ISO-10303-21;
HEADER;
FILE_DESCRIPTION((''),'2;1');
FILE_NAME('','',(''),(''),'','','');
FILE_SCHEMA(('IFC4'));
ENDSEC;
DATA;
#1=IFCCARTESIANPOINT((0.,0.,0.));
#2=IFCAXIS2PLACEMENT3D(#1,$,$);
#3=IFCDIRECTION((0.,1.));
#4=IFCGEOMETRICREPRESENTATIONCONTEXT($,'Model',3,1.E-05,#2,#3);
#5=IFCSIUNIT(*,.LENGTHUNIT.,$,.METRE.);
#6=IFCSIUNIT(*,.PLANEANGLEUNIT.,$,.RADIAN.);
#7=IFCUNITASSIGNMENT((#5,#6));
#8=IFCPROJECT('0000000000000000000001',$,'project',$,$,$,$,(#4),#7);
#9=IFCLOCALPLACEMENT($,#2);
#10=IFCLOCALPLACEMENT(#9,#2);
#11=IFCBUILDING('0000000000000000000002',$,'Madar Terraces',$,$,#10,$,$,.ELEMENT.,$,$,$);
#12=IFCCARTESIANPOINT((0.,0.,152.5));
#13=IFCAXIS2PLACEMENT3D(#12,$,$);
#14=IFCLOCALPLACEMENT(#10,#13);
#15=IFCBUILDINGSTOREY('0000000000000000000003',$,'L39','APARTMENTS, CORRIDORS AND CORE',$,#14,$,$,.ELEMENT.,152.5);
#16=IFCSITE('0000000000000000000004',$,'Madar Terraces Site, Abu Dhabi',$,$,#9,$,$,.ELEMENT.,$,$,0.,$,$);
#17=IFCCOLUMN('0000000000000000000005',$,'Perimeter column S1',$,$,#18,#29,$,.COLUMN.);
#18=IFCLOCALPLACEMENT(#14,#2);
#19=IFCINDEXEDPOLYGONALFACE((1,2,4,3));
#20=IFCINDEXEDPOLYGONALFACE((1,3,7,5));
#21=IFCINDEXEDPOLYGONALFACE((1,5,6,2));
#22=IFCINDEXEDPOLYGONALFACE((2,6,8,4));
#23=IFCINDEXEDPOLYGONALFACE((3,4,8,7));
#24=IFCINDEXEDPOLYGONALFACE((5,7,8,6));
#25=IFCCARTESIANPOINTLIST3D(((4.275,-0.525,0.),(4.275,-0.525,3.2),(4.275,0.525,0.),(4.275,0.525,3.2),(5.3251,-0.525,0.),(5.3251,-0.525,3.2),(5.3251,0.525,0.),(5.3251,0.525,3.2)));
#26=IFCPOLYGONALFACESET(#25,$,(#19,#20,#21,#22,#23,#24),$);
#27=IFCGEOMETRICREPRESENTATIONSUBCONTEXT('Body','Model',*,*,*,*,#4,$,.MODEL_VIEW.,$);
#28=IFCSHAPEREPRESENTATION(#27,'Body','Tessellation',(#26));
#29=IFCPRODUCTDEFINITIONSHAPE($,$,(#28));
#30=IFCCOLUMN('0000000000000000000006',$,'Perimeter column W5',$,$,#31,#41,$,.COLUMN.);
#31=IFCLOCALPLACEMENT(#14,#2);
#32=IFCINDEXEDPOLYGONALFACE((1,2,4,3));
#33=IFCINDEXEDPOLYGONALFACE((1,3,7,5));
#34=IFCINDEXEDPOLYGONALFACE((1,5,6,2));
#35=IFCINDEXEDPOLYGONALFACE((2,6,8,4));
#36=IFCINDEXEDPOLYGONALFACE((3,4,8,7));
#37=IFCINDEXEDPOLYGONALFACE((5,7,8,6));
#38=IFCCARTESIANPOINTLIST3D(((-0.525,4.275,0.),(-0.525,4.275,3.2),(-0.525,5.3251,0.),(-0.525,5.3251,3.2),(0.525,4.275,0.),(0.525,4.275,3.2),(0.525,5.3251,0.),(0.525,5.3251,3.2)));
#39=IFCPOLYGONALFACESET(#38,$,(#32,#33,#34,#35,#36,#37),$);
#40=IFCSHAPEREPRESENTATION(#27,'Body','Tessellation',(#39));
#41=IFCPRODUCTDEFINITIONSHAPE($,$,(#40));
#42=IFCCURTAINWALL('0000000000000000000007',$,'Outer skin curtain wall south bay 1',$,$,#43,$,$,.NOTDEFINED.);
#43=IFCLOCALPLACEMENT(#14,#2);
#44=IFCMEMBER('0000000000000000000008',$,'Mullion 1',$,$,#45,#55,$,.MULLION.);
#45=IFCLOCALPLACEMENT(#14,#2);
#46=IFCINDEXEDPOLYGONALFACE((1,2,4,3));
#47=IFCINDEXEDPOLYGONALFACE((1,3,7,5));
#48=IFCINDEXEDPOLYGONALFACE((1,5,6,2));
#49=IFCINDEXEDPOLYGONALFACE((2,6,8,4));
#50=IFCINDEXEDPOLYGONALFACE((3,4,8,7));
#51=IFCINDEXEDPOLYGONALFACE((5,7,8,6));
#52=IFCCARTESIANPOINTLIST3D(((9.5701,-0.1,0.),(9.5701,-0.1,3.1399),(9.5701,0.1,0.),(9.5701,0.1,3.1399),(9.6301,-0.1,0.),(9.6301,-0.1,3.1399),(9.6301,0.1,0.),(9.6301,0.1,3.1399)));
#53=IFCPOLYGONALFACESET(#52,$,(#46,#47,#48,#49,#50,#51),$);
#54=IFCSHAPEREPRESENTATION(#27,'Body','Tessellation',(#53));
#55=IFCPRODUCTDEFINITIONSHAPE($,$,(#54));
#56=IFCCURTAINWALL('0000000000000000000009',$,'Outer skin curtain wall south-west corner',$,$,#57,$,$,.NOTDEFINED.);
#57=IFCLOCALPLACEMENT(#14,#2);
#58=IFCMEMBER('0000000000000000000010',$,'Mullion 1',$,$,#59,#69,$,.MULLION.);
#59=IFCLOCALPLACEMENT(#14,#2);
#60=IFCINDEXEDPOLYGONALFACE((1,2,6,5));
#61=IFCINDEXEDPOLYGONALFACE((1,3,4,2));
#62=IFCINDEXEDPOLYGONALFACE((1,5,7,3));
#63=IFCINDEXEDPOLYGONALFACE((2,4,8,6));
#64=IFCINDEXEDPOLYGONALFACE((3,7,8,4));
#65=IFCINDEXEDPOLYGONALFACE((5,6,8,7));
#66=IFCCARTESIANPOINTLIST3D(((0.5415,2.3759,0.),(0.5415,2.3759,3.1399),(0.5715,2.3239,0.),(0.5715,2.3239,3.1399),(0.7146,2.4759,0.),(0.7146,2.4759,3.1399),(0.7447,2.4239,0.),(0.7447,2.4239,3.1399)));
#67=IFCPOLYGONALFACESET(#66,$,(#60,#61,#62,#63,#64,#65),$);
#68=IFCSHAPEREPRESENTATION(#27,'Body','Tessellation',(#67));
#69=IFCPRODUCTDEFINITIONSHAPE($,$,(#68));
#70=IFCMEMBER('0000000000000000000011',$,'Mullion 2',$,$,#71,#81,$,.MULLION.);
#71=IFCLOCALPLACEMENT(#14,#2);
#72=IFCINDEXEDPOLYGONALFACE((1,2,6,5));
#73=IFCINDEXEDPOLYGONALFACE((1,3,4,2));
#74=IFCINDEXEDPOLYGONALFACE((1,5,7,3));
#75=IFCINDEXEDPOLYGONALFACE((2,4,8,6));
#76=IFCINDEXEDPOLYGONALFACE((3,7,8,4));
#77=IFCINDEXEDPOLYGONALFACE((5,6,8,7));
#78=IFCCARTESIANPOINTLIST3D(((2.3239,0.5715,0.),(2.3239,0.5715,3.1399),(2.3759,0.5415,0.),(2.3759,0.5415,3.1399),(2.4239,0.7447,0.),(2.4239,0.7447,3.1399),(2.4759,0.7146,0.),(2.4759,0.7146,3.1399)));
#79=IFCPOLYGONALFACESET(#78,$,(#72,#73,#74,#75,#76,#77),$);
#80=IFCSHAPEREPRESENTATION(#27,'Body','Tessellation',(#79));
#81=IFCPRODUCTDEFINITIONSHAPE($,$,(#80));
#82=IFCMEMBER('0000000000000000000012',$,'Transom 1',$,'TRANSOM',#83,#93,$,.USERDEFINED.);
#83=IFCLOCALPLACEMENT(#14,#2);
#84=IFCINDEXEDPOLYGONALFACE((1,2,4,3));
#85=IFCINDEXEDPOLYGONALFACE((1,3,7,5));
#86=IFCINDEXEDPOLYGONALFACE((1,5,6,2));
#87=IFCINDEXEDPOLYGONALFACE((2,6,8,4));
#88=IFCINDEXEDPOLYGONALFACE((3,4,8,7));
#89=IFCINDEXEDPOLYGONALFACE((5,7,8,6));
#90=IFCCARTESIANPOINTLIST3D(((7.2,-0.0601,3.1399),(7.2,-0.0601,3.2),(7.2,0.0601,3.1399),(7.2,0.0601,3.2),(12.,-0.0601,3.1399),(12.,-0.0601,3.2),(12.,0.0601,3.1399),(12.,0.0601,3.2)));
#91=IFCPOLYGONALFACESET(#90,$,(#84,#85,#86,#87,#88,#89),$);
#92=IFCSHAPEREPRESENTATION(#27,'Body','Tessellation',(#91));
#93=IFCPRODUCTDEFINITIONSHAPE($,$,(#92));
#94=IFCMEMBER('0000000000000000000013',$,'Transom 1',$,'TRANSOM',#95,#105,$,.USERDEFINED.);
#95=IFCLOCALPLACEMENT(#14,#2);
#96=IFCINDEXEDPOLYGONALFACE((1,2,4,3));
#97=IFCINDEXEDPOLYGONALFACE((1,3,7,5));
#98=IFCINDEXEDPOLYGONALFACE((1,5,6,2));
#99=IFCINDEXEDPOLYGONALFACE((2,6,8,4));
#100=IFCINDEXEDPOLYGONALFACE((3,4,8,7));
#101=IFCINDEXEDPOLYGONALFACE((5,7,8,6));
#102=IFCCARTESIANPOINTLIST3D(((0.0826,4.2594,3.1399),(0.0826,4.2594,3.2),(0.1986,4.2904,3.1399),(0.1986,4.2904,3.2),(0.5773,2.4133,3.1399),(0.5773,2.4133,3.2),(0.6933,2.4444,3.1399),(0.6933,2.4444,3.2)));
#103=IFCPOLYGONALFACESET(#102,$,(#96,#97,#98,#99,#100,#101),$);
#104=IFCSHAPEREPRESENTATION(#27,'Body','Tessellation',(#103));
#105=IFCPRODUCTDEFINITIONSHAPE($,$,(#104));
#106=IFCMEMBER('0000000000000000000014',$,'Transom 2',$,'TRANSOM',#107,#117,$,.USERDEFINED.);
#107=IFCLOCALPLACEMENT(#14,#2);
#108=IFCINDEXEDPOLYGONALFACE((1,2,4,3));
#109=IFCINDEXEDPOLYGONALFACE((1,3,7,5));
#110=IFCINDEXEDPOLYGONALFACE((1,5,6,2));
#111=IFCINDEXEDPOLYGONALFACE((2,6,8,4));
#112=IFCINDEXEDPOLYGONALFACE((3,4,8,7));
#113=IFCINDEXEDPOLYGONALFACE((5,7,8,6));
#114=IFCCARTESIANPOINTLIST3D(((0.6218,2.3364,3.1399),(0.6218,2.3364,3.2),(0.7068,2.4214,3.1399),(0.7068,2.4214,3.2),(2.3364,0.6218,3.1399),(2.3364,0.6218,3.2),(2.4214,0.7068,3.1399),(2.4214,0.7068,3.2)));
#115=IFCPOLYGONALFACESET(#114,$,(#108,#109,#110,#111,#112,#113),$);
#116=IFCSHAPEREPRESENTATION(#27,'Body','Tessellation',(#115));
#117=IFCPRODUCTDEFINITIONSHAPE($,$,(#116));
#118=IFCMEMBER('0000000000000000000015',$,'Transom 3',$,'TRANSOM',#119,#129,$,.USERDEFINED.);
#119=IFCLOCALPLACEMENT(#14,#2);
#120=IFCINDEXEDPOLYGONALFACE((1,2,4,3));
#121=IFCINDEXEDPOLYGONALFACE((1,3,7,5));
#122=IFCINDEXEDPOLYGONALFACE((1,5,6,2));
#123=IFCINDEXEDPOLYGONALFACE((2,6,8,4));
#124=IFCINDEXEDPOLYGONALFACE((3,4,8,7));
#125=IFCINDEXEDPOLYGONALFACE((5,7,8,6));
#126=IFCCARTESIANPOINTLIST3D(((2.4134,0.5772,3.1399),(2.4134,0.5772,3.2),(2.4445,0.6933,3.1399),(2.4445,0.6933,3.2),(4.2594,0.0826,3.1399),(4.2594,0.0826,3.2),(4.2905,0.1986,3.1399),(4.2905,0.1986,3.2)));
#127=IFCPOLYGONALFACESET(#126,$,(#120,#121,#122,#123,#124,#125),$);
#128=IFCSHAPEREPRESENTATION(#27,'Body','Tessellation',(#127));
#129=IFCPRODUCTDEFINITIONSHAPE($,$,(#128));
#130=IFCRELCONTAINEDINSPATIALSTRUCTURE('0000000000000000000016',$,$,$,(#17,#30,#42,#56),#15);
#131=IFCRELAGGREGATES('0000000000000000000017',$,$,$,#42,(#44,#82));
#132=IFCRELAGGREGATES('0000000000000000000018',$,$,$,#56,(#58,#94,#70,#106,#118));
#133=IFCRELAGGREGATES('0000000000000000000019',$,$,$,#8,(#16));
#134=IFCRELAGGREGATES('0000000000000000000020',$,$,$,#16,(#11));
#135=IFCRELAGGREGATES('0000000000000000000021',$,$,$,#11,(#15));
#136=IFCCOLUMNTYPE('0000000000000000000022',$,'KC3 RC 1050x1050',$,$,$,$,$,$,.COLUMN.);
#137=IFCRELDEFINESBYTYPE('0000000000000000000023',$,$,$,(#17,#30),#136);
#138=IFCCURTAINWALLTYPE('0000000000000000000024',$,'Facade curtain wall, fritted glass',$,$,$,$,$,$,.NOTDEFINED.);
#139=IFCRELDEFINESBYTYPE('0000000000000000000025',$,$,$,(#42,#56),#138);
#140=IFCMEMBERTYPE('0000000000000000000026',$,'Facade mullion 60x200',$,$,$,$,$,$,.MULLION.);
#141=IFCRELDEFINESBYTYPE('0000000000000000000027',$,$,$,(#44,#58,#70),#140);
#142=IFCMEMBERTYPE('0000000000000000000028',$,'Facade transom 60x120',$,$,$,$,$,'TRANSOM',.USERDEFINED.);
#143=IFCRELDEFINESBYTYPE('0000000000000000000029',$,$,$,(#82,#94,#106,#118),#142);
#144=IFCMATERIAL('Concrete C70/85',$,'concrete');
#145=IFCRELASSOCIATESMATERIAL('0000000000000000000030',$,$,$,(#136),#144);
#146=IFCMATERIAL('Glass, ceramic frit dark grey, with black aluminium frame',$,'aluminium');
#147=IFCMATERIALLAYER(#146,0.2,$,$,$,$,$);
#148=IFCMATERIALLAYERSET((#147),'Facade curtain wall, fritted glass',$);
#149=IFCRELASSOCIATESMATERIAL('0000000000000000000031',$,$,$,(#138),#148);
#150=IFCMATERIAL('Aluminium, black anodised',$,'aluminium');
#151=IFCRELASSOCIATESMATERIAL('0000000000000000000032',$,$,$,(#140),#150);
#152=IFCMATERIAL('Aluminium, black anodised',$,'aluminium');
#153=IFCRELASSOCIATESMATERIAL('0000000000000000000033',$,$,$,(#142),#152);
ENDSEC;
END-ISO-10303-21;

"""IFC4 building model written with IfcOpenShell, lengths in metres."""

from ifc_helpers import new_model, si_unit, direction, frame, origin, origin_2d, place, context, subcontext, project, spatial, rectangle, extrude, material, layer, layer_set, material_profile, profile_set, type_object, element, aggregate, save


model = new_model("IFC4")

# Units and contexts
model_context = context("Model", 3, precision=1e-05, world=origin(), true_north=direction((0.0, 1.0)))
body_context = subcontext(model_context, "Body", "Model", "MODEL_VIEW")
ifc_project = project(units=[si_unit("LENGTHUNIT", "METRE"), si_unit("PLANEANGLEUNIT", "RADIAN")], contexts=[model_context])

# Site, building, storey
site_placement = place(None, origin())
site = spatial("IfcSite", under=ifc_project, at=site_placement, Name="Madar Terraces Site, Abu Dhabi", CompositionType="ELEMENT", RefElevation=0.0)
building_placement = place(site_placement, origin())
building = spatial("IfcBuilding", under=site, at=building_placement, Name="Madar Terraces", CompositionType="ELEMENT")
storey_placement = place(building_placement, frame((0.0, 0.0, 152.5)))
storey = spatial("IfcBuildingStorey", under=building, at=storey_placement, Name="L39", Description="APARTMENTS, CORRIDORS AND CORE", CompositionType="ELEMENT", Elevation=152.5)

# Columns
ifc_material_1 = material(Name="Concrete C70/85", Category="concrete")
ifc_material_profile_1 = material_profile(ifc_material_1, rectangle(XDim=1.05, YDim=1.05, at=origin_2d()), Name="KC3 RC 1050x1050")
ifc_profile_set_1 = profile_set([ifc_material_profile_1], Name="Concrete C70/85")
column_type = type_object("IfcColumnType", Name="KC3 RC 1050x1050", PredefinedType="COLUMN", material=ifc_profile_set_1)
for number, where, z_axis, x_axis, name in (
    (1, (4.8, 0.0, 0.0), (0.0, 0.0, 1.0), (1.0, 0.0, 0.0), "Perimeter column S1"),
    (2, (0.0, 4.8, 0.0), (0.0, 0.0, 1.0), (1.0, 0.0, 0.0), "Perimeter column W5"),
):
    element("IfcColumn", number, at=place(storey_placement, frame(where, z_axis=z_axis, x_axis=x_axis)), inside=storey, type_object=column_type, Name=name, PredefinedType="COLUMN", context=body_context, shape_type="SweptSolid", body=[
        extrude(rectangle(XDim=1.05, YDim=1.05, at=origin_2d()), origin(), (0.0, 0.0, 1.0), 3.2),
    ])

# Curtain wall, member
ifc_material_2 = material(Name="Glass, ceramic frit dark grey, with black aluminium frame", Category="aluminium")
ifc_layer_1 = layer(ifc_material_2, 0.2)
ifc_layer_set_1 = layer_set([ifc_layer_1], Name="Facade curtain wall, fritted glass")
curtain_wall_type = type_object("IfcCurtainWallType", Name="Facade curtain wall, fritted glass", PredefinedType="NOTDEFINED", material=ifc_layer_set_1)
curtain_wall_1_placement = place(storey_placement, origin())
curtain_wall_1 = element("IfcCurtainWall", 3, at=curtain_wall_1_placement, inside=storey, type_object=curtain_wall_type, Name="Outer skin curtain wall south bay 1", PredefinedType="NOTDEFINED")
ifc_material_3 = material(Name="Aluminium, black anodised", Category="aluminium")
ifc_material_profile_2 = material_profile(ifc_material_3, rectangle(XDim=0.2, YDim=0.0601, at=origin_2d()), Name="Facade mullion 60x200")
ifc_profile_set_2 = profile_set([ifc_material_profile_2], Name="Aluminium, black anodised")
member_type_1 = type_object("IfcMemberType", Name="Facade mullion 60x200", PredefinedType="MULLION", material=ifc_profile_set_2)
member_1_placement = place(storey_placement, frame((9.6001, 0.0, 0.0), z_axis=(0.0, 0.0, 1.0), x_axis=(0.0, 1.0, 0.0)))
member_1 = element("IfcMember", 4, at=member_1_placement, type_object=member_type_1, Name="Mullion 1", PredefinedType="MULLION", context=body_context, shape_type="SweptSolid", body=[
    extrude(rectangle(XDim=0.2, YDim=0.0601, at=origin_2d()), origin(), (0.0, 0.0, 1.0), 3.1399),
])

# Curtain wall, members
curtain_wall_2_placement = place(storey_placement, origin())
curtain_wall_2 = element("IfcCurtainWall", 5, at=curtain_wall_2_placement, inside=storey, type_object=curtain_wall_type, Name="Outer skin curtain wall south-west corner", PredefinedType="NOTDEFINED")
member_2_placement = place(storey_placement, frame((0.6431, 2.3999, 0.0), z_axis=(0.0, 0.0, 1.0), x_axis=(0.866025, 0.5, 0.0)))
member_2 = element("IfcMember", 6, at=member_2_placement, type_object=member_type_1, Name="Mullion 1", PredefinedType="MULLION", context=body_context, shape_type="SweptSolid", body=[
    extrude(rectangle(XDim=0.2, YDim=0.0601, at=origin_2d()), origin(), (0.0, 0.0, 1.0), 3.1399),
])
member_3_placement = place(storey_placement, frame((2.3999, 0.6431, 0.0), z_axis=(0.0, 0.0, 1.0), x_axis=(0.5, 0.866025, 0.0)))
member_3 = element("IfcMember", 7, at=member_3_placement, type_object=member_type_1, Name="Mullion 2", PredefinedType="MULLION", context=body_context, shape_type="SweptSolid", body=[
    extrude(rectangle(XDim=0.2, YDim=0.0601, at=origin_2d()), origin(), (0.0, 0.0, 1.0), 3.1399),
])

# Members
ifc_material_4 = material(Name="Aluminium, black anodised", Category="aluminium")
ifc_material_profile_3 = material_profile(ifc_material_4, rectangle(XDim=0.1201, YDim=0.0601, at=origin_2d()), Name="Facade transom 60x120")
ifc_profile_set_3 = profile_set([ifc_material_profile_3], Name="Aluminium, black anodised")
member_type_2 = type_object("IfcMemberType", Name="Facade transom 60x120", ElementType="TRANSOM", PredefinedType="USERDEFINED", material=ifc_profile_set_3)
member_4_placement = place(storey_placement, frame((7.2, 0.0, 3.1699), z_axis=(1.0, 0.0, 0.0), x_axis=(0.0, 1.0, 0.0)))
member_4 = element("IfcMember", 8, at=member_4_placement, type_object=member_type_2, Name="Transom 1", ObjectType="TRANSOM", PredefinedType="USERDEFINED", context=body_context, shape_type="SweptSolid", body=[
    extrude(rectangle(XDim=0.1201, YDim=0.0601, at=origin_2d()), origin(), (0.0, 0.0, 1.0), 4.8),
])
member_5_placement = place(storey_placement, frame((0.1406, 4.2749, 3.1699), z_axis=(0.258823, -0.965925, 0.0), x_axis=(0.965925, 0.258823, 0.0)))
member_5 = element("IfcMember", 9, at=member_5_placement, type_object=member_type_2, Name="Transom 1", ObjectType="TRANSOM", PredefinedType="USERDEFINED", context=body_context, shape_type="SweptSolid", body=[
    extrude(rectangle(XDim=0.1201, YDim=0.0601, at=origin_2d()), origin(), (0.0, 0.0, 1.0), 1.9111),
])
member_6_placement = place(storey_placement, frame((0.6643, 2.3789, 3.1699), z_axis=(0.707107, -0.707107, 0.0), x_axis=(0.707107, 0.707107, 0.0)))
member_6 = element("IfcMember", 10, at=member_6_placement, type_object=member_type_2, Name="Transom 2", ObjectType="TRANSOM", PredefinedType="USERDEFINED", context=body_context, shape_type="SweptSolid", body=[
    extrude(rectangle(XDim=0.1201, YDim=0.0601, at=origin_2d()), origin(), (0.0, 0.0, 1.0), 2.4248),
])
member_7_placement = place(storey_placement, frame((2.429, 0.6353, 3.1699), z_axis=(0.965925, -0.258823, 0.0), x_axis=(0.258823, 0.965925, 0.0)))
member_7 = element("IfcMember", 11, at=member_7_placement, type_object=member_type_2, Name="Transom 3", ObjectType="TRANSOM", PredefinedType="USERDEFINED", context=body_context, shape_type="SweptSolid", body=[
    extrude(rectangle(XDim=0.1201, YDim=0.0601, at=origin_2d()), origin(), (0.0, 0.0, 1.0), 1.9111),
])

aggregate(curtain_wall_1, [member_1, member_4])
aggregate(curtain_wall_2, [member_2, member_5, member_3, member_6, member_7])

save(model, "model.ifc")
